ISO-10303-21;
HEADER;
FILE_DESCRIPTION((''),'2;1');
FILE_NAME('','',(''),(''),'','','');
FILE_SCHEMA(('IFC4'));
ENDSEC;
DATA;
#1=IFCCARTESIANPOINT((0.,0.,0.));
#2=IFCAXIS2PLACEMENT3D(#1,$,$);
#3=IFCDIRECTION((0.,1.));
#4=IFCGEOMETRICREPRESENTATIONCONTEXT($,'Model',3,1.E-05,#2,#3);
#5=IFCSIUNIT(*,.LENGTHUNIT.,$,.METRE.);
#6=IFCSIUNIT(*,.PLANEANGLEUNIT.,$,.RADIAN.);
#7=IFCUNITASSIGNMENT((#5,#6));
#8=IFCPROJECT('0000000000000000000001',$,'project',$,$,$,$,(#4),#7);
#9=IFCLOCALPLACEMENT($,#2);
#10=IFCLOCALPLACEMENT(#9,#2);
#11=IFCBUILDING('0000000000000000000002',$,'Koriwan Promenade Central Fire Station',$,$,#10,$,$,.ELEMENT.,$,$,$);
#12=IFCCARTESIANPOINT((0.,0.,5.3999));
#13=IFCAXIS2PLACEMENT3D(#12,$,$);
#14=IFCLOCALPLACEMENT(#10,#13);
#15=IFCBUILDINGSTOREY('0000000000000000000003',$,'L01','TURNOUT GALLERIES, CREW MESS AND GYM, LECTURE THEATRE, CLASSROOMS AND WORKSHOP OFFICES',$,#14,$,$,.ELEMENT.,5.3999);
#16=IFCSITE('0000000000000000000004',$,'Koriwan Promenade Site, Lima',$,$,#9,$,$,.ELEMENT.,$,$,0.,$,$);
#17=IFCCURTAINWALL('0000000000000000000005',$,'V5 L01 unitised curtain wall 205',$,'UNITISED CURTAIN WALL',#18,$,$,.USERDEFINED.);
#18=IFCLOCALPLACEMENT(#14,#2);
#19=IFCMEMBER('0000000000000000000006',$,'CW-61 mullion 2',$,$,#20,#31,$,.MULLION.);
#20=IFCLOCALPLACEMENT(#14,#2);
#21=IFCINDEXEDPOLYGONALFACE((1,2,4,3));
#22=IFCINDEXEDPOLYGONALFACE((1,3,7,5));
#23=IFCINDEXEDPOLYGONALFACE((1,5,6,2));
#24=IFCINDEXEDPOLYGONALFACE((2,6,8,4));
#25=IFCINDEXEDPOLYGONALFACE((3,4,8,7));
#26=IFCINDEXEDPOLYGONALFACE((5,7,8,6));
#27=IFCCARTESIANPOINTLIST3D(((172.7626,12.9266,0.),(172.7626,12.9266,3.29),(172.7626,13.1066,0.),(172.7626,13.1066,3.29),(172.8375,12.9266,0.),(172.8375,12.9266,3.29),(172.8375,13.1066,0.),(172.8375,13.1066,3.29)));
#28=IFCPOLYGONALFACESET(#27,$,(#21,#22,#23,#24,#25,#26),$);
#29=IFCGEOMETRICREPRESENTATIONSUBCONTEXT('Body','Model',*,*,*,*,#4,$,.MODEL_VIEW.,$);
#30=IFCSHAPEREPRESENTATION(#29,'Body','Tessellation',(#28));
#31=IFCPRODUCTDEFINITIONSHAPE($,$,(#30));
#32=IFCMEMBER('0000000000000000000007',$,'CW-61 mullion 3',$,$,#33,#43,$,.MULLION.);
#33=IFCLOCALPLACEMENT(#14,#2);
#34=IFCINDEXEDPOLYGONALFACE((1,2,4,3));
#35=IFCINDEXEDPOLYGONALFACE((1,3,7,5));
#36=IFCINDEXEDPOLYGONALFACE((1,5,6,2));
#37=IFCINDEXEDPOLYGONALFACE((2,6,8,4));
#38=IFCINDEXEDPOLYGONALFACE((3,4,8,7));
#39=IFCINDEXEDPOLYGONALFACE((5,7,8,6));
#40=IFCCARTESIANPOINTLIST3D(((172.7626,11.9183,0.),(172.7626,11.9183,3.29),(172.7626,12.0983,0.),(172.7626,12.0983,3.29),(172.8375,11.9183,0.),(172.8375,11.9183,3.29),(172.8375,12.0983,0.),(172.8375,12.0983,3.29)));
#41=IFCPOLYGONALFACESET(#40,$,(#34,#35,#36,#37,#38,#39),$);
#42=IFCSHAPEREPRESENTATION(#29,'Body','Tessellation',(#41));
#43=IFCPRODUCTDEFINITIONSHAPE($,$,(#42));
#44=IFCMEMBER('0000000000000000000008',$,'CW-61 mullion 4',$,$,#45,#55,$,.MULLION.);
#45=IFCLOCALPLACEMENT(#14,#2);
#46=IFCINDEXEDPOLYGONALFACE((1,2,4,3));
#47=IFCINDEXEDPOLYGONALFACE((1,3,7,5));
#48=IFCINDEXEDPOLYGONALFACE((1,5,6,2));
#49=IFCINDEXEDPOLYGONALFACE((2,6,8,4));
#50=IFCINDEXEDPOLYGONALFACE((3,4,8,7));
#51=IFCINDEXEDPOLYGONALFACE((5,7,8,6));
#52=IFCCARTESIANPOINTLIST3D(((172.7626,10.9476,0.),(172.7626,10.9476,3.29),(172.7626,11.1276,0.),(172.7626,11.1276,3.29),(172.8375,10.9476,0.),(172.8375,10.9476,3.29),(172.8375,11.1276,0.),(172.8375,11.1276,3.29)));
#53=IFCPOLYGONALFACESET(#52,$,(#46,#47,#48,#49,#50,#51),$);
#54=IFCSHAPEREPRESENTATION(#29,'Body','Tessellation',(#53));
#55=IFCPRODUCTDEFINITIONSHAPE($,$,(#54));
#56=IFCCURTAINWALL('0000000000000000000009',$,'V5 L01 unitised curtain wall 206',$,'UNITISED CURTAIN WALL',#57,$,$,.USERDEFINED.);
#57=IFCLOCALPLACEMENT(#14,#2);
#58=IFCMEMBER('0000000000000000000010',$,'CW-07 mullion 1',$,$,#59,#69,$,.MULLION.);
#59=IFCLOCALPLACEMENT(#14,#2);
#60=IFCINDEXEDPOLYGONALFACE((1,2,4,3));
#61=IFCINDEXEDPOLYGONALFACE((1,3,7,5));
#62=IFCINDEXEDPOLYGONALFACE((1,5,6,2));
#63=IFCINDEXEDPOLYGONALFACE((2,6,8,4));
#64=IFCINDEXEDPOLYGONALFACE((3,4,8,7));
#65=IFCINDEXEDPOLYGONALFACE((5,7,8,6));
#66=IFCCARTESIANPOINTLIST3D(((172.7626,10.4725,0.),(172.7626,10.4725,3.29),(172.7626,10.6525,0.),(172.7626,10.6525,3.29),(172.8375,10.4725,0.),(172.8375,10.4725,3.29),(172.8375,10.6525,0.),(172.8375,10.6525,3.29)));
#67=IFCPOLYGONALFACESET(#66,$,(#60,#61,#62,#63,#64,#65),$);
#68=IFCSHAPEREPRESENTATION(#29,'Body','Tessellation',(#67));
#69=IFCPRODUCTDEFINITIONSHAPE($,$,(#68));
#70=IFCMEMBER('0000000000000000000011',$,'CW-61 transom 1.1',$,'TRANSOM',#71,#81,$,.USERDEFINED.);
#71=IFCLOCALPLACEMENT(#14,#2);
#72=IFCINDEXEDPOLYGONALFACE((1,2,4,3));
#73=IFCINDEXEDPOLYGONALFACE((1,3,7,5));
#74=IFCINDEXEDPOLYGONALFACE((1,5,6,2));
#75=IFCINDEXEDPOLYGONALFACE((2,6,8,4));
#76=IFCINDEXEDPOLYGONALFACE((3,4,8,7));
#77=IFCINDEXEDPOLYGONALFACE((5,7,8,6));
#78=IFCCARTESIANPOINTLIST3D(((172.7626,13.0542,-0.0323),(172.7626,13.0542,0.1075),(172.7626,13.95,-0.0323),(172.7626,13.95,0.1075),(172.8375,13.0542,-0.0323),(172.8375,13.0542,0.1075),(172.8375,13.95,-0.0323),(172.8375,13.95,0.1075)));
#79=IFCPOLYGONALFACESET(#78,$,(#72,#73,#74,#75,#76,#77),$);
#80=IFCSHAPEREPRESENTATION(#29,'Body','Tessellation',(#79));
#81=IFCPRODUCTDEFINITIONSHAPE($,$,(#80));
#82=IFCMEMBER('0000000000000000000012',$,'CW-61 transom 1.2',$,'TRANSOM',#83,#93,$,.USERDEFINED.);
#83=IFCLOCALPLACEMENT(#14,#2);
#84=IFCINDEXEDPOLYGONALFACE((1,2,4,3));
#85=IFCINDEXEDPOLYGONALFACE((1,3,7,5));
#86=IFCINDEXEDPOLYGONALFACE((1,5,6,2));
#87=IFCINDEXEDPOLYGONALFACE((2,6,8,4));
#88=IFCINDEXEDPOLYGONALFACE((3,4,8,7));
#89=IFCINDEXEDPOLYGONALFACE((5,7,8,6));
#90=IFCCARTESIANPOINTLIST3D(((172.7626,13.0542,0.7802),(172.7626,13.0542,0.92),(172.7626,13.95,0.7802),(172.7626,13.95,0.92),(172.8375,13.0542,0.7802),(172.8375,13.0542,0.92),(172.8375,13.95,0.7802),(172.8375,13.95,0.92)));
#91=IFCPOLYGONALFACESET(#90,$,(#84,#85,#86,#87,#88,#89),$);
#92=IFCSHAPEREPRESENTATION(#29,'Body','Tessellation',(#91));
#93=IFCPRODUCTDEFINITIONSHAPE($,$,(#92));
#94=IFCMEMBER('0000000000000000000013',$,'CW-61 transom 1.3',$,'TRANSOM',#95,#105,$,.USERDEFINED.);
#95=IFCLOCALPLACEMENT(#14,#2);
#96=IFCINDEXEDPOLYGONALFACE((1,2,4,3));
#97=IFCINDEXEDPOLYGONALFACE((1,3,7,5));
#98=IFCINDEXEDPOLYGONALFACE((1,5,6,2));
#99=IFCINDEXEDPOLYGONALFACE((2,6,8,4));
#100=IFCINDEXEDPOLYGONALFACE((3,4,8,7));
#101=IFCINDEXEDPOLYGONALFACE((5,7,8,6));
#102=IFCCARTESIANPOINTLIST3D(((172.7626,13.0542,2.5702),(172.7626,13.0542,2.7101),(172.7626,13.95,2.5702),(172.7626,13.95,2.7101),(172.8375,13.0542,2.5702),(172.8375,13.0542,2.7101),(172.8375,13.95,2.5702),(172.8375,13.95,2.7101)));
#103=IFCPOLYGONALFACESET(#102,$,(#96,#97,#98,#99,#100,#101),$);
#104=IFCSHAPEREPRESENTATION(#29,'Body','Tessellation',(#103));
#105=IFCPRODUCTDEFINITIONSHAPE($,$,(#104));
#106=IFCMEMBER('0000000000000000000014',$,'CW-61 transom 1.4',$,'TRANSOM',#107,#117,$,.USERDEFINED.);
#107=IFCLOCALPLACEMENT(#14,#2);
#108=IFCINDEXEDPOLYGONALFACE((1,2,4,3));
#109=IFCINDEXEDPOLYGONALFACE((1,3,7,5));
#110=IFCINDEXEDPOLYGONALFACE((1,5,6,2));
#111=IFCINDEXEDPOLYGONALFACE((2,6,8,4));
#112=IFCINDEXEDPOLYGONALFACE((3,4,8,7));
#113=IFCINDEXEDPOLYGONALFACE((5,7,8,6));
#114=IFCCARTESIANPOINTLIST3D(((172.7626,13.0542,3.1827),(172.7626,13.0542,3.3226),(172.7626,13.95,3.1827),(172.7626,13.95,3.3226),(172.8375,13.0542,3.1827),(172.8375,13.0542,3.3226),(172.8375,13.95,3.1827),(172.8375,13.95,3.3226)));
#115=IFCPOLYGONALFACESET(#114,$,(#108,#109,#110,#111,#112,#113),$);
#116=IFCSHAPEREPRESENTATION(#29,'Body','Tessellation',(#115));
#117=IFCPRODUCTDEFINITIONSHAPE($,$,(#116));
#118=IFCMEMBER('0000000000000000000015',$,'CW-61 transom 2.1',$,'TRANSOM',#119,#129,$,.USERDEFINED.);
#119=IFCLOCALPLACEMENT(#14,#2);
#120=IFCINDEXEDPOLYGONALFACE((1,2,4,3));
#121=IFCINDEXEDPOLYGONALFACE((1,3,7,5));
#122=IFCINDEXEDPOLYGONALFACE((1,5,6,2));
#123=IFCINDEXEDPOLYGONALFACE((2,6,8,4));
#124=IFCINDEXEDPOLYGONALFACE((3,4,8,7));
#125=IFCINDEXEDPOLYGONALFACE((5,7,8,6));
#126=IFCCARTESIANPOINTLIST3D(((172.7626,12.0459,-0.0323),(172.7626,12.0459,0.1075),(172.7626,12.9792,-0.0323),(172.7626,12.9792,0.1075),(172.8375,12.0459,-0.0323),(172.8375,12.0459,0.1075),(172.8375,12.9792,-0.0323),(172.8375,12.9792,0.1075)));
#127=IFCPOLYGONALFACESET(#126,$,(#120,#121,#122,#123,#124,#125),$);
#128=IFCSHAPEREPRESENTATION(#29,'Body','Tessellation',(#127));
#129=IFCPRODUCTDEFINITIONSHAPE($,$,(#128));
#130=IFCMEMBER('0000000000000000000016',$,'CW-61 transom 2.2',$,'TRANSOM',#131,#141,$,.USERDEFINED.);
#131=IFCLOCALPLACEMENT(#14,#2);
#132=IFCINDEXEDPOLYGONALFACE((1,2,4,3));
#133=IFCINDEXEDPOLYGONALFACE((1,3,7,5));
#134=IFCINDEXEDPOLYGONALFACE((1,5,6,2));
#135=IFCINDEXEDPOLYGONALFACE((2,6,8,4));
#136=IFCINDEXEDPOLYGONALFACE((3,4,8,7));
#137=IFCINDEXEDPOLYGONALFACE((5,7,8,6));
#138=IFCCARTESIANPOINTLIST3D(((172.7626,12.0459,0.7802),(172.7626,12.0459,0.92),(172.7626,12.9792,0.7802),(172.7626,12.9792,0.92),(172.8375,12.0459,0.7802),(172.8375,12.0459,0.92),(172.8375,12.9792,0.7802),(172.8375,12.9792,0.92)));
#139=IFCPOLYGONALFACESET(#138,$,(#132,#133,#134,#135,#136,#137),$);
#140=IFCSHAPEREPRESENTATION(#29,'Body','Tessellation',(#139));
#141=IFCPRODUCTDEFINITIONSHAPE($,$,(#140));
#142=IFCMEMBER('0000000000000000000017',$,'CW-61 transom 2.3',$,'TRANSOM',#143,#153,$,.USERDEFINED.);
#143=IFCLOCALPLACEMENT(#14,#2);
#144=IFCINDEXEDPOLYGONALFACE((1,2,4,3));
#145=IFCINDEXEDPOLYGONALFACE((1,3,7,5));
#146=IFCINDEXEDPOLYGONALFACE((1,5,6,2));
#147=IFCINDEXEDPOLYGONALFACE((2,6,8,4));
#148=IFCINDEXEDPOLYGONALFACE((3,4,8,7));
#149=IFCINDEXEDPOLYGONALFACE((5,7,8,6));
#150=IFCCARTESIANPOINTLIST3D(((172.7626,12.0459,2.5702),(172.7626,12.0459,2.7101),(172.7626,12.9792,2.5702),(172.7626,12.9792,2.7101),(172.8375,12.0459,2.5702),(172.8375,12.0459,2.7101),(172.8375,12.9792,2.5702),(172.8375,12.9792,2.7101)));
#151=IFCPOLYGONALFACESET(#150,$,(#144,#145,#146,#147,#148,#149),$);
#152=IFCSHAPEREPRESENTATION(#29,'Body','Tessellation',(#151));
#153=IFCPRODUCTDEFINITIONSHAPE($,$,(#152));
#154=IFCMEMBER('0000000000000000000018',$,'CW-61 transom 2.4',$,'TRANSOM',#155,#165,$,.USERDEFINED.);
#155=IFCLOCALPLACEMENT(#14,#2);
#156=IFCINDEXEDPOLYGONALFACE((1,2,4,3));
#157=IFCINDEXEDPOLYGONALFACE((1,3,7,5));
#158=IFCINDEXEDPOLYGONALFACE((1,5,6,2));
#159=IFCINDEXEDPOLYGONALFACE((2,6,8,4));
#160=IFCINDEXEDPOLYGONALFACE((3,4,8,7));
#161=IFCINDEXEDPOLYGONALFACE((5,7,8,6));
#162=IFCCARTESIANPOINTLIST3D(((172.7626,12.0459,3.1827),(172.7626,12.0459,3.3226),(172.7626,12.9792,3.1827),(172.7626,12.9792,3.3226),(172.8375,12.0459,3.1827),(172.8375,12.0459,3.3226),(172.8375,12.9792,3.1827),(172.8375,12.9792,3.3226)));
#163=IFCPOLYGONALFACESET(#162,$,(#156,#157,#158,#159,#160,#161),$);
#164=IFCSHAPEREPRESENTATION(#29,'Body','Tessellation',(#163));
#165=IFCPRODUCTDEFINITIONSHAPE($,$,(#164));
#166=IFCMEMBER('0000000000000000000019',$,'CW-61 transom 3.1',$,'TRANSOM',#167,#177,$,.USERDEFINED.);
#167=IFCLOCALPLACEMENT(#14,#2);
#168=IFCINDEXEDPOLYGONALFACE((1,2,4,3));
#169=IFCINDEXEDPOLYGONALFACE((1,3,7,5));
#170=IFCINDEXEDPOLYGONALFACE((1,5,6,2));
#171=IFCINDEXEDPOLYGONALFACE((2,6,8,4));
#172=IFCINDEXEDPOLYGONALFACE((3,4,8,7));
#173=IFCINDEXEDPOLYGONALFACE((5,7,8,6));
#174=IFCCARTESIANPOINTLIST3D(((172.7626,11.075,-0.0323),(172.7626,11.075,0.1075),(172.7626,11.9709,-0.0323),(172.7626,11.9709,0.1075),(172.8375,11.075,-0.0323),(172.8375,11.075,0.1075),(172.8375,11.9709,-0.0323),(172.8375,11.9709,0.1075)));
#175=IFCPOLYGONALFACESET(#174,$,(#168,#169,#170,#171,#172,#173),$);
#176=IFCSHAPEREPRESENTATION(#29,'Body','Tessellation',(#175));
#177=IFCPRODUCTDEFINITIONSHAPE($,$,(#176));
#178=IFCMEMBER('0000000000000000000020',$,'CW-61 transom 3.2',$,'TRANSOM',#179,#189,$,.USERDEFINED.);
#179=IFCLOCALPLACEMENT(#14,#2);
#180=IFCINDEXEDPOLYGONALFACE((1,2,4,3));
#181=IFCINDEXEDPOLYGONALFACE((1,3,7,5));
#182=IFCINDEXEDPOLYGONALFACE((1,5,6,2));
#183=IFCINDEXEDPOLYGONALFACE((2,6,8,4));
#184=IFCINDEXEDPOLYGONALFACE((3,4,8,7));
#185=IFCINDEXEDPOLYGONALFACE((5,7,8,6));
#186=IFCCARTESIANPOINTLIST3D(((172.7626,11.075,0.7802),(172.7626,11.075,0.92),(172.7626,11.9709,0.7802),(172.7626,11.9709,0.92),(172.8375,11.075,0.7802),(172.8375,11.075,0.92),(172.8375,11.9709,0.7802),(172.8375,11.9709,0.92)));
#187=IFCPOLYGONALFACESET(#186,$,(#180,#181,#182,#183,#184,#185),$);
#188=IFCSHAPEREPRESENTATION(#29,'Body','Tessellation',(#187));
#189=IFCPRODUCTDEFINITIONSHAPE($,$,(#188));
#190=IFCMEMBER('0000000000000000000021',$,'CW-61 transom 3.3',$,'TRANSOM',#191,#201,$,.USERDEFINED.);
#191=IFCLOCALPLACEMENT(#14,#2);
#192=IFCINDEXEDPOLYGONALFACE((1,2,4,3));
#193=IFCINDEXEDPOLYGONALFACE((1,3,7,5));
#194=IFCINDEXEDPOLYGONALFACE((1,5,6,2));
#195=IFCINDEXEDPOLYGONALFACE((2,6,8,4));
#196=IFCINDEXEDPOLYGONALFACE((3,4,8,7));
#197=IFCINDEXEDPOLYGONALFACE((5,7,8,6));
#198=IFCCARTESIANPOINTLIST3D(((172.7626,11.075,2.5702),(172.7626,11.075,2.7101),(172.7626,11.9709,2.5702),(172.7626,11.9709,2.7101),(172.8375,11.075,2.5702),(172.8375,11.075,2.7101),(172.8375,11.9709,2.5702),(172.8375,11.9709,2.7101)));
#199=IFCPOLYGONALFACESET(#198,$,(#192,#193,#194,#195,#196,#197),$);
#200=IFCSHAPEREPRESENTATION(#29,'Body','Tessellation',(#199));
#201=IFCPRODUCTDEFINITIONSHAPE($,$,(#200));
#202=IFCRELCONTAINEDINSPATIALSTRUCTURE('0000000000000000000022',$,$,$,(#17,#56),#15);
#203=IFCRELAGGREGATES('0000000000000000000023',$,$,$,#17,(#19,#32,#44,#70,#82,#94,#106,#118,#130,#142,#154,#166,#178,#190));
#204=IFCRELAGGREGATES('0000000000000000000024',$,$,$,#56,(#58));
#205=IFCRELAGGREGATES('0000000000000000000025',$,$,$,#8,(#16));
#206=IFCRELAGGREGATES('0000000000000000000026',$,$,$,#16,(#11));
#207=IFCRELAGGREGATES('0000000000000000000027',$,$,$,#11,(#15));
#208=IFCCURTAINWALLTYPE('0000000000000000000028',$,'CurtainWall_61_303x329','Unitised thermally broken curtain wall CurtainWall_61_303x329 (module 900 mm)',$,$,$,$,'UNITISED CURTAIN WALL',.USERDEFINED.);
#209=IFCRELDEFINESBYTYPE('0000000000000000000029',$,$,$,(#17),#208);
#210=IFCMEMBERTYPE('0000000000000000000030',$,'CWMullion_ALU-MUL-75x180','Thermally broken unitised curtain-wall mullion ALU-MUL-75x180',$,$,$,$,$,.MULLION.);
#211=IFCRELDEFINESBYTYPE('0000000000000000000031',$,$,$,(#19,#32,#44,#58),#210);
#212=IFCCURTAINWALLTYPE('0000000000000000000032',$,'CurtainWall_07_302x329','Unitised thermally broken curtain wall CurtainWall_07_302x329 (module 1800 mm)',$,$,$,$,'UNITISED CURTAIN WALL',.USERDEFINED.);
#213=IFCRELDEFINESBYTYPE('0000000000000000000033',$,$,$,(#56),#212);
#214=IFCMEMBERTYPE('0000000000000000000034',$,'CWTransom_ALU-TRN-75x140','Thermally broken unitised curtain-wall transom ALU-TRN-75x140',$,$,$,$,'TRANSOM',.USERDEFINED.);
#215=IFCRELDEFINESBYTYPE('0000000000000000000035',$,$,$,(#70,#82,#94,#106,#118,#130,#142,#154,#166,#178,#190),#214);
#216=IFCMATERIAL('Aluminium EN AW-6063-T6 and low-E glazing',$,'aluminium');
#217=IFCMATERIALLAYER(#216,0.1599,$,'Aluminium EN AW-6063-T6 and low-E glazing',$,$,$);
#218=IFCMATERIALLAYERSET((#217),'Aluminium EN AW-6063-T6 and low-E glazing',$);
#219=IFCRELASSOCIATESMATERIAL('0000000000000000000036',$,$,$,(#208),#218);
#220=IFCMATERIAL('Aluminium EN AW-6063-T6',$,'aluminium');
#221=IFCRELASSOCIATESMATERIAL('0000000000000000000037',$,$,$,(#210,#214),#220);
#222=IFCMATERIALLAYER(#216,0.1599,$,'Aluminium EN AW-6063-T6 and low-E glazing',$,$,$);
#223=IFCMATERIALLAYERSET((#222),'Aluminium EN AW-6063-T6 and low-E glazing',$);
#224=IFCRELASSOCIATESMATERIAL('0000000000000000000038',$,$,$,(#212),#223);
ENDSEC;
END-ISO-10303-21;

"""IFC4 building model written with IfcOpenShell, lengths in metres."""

from ifc_helpers import new_model, si_unit, direction, frame, origin, origin_2d, place, context, subcontext, project, spatial, rectangle, extrude, material, layer, layer_set, material_profile, profile_set, type_object, element, aggregate, save


model = new_model("IFC4")

# Units and contexts
model_context = context("Model", 3, precision=1e-05, world=origin(), true_north=direction((0.0, 1.0)))
body_context = subcontext(model_context, "Body", "Model", "MODEL_VIEW")
ifc_project = project(units=[si_unit("LENGTHUNIT", "METRE"), si_unit("PLANEANGLEUNIT", "RADIAN")], contexts=[model_context])

# Site, building, storey
site_placement = place(None, origin())
site = spatial("IfcSite", under=ifc_project, at=site_placement, Name="Koriwan Promenade Site, Lima", CompositionType="ELEMENT", RefElevation=0.0)
building_placement = place(site_placement, origin())
building = spatial("IfcBuilding", under=site, at=building_placement, Name="Koriwan Promenade Central Fire Station", CompositionType="ELEMENT")
storey_placement = place(building_placement, frame((0.0, 0.0, 5.3999)))
storey = spatial("IfcBuildingStorey", under=building, at=storey_placement, Name="L01", Description="TURNOUT GALLERIES, CREW MESS AND GYM, LECTURE THEATRE, CLASSROOMS AND WORKSHOP OFFICES", CompositionType="ELEMENT", Elevation=5.3999)

# Curtain wall, members
ifc_material_1 = material(Name="Aluminium EN AW-6063-T6 and low-E glazing", Category="aluminium")
ifc_layer_1 = layer(ifc_material_1, 0.1599, Name="Aluminium EN AW-6063-T6 and low-E glazing")
ifc_layer_set_1 = layer_set([ifc_layer_1], Name="Aluminium EN AW-6063-T6 and low-E glazing")
curtain_wall_type_1 = type_object("IfcCurtainWallType", Name="CurtainWall_61_303x329", Description="Unitised thermally broken curtain wall CurtainWall_61_303x329 (module 900 mm)", ElementType="UNITISED CURTAIN WALL", PredefinedType="USERDEFINED", material=ifc_layer_set_1)
curtain_wall_1_placement = place(storey_placement, origin())
curtain_wall_1 = element("IfcCurtainWall", 1, at=curtain_wall_1_placement, inside=storey, type_object=curtain_wall_type_1, Name="V5 L01 unitised curtain wall 205", ObjectType="UNITISED CURTAIN WALL", PredefinedType="USERDEFINED")
ifc_material_2 = material(Name="Aluminium EN AW-6063-T6", Category="aluminium")
ifc_material_profile_1 = material_profile(ifc_material_2, rectangle(XDim=0.075, YDim=0.1799, at=origin_2d()), Name="ALU-MUL-75x180")
ifc_profile_set_1 = profile_set([ifc_material_profile_1], Name="Aluminium EN AW-6063-T6")
member_type_1 = type_object("IfcMemberType", Name="CWMullion_ALU-MUL-75x180", Description="Thermally broken unitised curtain-wall mullion ALU-MUL-75x180", PredefinedType="MULLION", material=ifc_profile_set_1)
member_1_placement = place(storey_placement, frame((172.8, 13.0166, 0.0), z_axis=(0.0, 0.0, 1.0), x_axis=(1.0, 0.0, 0.0)))
member_1 = element("IfcMember", 2, at=member_1_placement, type_object=member_type_1, Name="CW-61 mullion 2", PredefinedType="MULLION", context=body_context, shape_type="SweptSolid", body=[
    extrude(rectangle(XDim=0.075, YDim=0.1799, at=origin_2d()), origin(), (0.0, 0.0, 1.0), 3.29),
])
member_2_placement = place(storey_placement, frame((172.8, 12.0083, 0.0), z_axis=(0.0, 0.0, 1.0), x_axis=(1.0, 0.0, 0.0)))
member_2 = element("IfcMember", 3, at=member_2_placement, type_object=member_type_1, Name="CW-61 mullion 3", PredefinedType="MULLION", context=body_context, shape_type="SweptSolid", body=[
    extrude(rectangle(XDim=0.075, YDim=0.1799, at=origin_2d()), origin(), (0.0, 0.0, 1.0), 3.29),
])
member_3_placement = place(storey_placement, frame((172.8, 11.0376, 0.0), z_axis=(0.0, 0.0, 1.0), x_axis=(1.0, 0.0, 0.0)))
member_3 = element("IfcMember", 4, at=member_3_placement, type_object=member_type_1, Name="CW-61 mullion 4", PredefinedType="MULLION", context=body_context, shape_type="SweptSolid", body=[
    extrude(rectangle(XDim=0.075, YDim=0.1799, at=origin_2d()), origin(), (0.0, 0.0, 1.0), 3.29),
])

# Curtain wall, member
ifc_layer_2 = layer(ifc_material_1, 0.1599, Name="Aluminium EN AW-6063-T6 and low-E glazing")
ifc_layer_set_2 = layer_set([ifc_layer_2], Name="Aluminium EN AW-6063-T6 and low-E glazing")
curtain_wall_type_2 = type_object("IfcCurtainWallType", Name="CurtainWall_07_302x329", Description="Unitised thermally broken curtain wall CurtainWall_07_302x329 (module 1800 mm)", ElementType="UNITISED CURTAIN WALL", PredefinedType="USERDEFINED", material=ifc_layer_set_2)
curtain_wall_2_placement = place(storey_placement, origin())
curtain_wall_2 = element("IfcCurtainWall", 5, at=curtain_wall_2_placement, inside=storey, type_object=curtain_wall_type_2, Name="V5 L01 unitised curtain wall 206", ObjectType="UNITISED CURTAIN WALL", PredefinedType="USERDEFINED")
member_4_placement = place(storey_placement, frame((172.8, 10.5625, 0.0), z_axis=(0.0, 0.0, 1.0), x_axis=(1.0, 0.0, 0.0)))
member_4 = element("IfcMember", 6, at=member_4_placement, type_object=member_type_1, Name="CW-07 mullion 1", PredefinedType="MULLION", context=body_context, shape_type="SweptSolid", body=[
    extrude(rectangle(XDim=0.075, YDim=0.1799, at=origin_2d()), origin(), (0.0, 0.0, 1.0), 3.29),
])

# Members
ifc_material_profile_2 = material_profile(ifc_material_2, rectangle(XDim=0.075, YDim=0.1399, at=origin_2d()), Name="ALU-TRN-75x140")
ifc_profile_set_2 = profile_set([ifc_material_profile_2], Name="Aluminium EN AW-6063-T6")
member_type_2 = type_object("IfcMemberType", Name="CWTransom_ALU-TRN-75x140", Description="Thermally broken unitised curtain-wall transom ALU-TRN-75x140", ElementType="TRANSOM", PredefinedType="USERDEFINED", material=ifc_profile_set_2)
member_5_placement = place(storey_placement, frame((172.8, 13.95, 0.0376), z_axis=(0.0, -1.0, 0.0), x_axis=(1.0, 0.0, 0.0)))
member_5 = element("IfcMember", 7, at=member_5_placement, type_object=member_type_2, Name="CW-61 transom 1.1", ObjectType="TRANSOM", PredefinedType="USERDEFINED", context=body_context, shape_type="SweptSolid", body=[
    extrude(rectangle(XDim=0.075, YDim=0.1399, at=origin_2d()), origin(), (0.0, 0.0, 1.0), 0.8958),
])
member_6_placement = place(storey_placement, frame((172.8, 13.95, 0.8501), z_axis=(0.0, -1.0, 0.0), x_axis=(1.0, 0.0, 0.0)))
member_6 = element("IfcMember", 8, at=member_6_placement, type_object=member_type_2, Name="CW-61 transom 1.2", ObjectType="TRANSOM", PredefinedType="USERDEFINED", context=body_context, shape_type="SweptSolid", body=[
    extrude(rectangle(XDim=0.075, YDim=0.1399, at=origin_2d()), origin(), (0.0, 0.0, 1.0), 0.8958),
])
member_7_placement = place(storey_placement, frame((172.8, 13.95, 2.6401), z_axis=(0.0, -1.0, 0.0), x_axis=(1.0, 0.0, 0.0)))
member_7 = element("IfcMember", 9, at=member_7_placement, type_object=member_type_2, Name="CW-61 transom 1.3", ObjectType="TRANSOM", PredefinedType="USERDEFINED", context=body_context, shape_type="SweptSolid", body=[
    extrude(rectangle(XDim=0.075, YDim=0.1399, at=origin_2d()), origin(), (0.0, 0.0, 1.0), 0.8958),
])
member_8_placement = place(storey_placement, frame((172.8, 13.95, 3.2527), z_axis=(0.0, -1.0, 0.0), x_axis=(1.0, 0.0, 0.0)))
member_8 = element("IfcMember", 10, at=member_8_placement, type_object=member_type_2, Name="CW-61 transom 1.4", ObjectType="TRANSOM", PredefinedType="USERDEFINED", context=body_context, shape_type="SweptSolid", body=[
    extrude(rectangle(XDim=0.075, YDim=0.1399, at=origin_2d()), origin(), (0.0, 0.0, 1.0), 0.8958),
])
member_9_placement = place(storey_placement, frame((172.8, 12.9792, 0.0376), z_axis=(0.0, -1.0, 0.0), x_axis=(1.0, 0.0, 0.0)))
member_9 = element("IfcMember", 11, at=member_9_placement, type_object=member_type_2, Name="CW-61 transom 2.1", ObjectType="TRANSOM", PredefinedType="USERDEFINED", context=body_context, shape_type="SweptSolid", body=[
    extrude(rectangle(XDim=0.075, YDim=0.1399, at=origin_2d()), origin(), (0.0, 0.0, 1.0), 0.9333),
])
member_10_placement = place(storey_placement, frame((172.8, 12.9792, 0.8501), z_axis=(0.0, -1.0, 0.0), x_axis=(1.0, 0.0, 0.0)))
member_10 = element("IfcMember", 12, at=member_10_placement, type_object=member_type_2, Name="CW-61 transom 2.2", ObjectType="TRANSOM", PredefinedType="USERDEFINED", context=body_context, shape_type="SweptSolid", body=[
    extrude(rectangle(XDim=0.075, YDim=0.1399, at=origin_2d()), origin(), (0.0, 0.0, 1.0), 0.9333),
])
member_11_placement = place(storey_placement, frame((172.8, 12.9792, 2.6401), z_axis=(0.0, -1.0, 0.0), x_axis=(1.0, 0.0, 0.0)))
member_11 = element("IfcMember", 13, at=member_11_placement, type_object=member_type_2, Name="CW-61 transom 2.3", ObjectType="TRANSOM", PredefinedType="USERDEFINED", context=body_context, shape_type="SweptSolid", body=[
    extrude(rectangle(XDim=0.075, YDim=0.1399, at=origin_2d()), origin(), (0.0, 0.0, 1.0), 0.9333),
])
member_12_placement = place(storey_placement, frame((172.8, 12.9792, 3.2527), z_axis=(0.0, -1.0, 0.0), x_axis=(1.0, 0.0, 0.0)))
member_12 = element("IfcMember", 14, at=member_12_placement, type_object=member_type_2, Name="CW-61 transom 2.4", ObjectType="TRANSOM", PredefinedType="USERDEFINED", context=body_context, shape_type="SweptSolid", body=[
    extrude(rectangle(XDim=0.075, YDim=0.1399, at=origin_2d()), origin(), (0.0, 0.0, 1.0), 0.9333),
])
member_13_placement = place(storey_placement, frame((172.8, 11.9709, 0.0376), z_axis=(0.0, -1.0, 0.0), x_axis=(1.0, 0.0, 0.0)))
member_13 = element("IfcMember", 15, at=member_13_placement, type_object=member_type_2, Name="CW-61 transom 3.1", ObjectType="TRANSOM", PredefinedType="USERDEFINED", context=body_context, shape_type="SweptSolid", body=[
    extrude(rectangle(XDim=0.075, YDim=0.1399, at=origin_2d()), origin(), (0.0, 0.0, 1.0), 0.896),
])
member_14_placement = place(storey_placement, frame((172.8, 11.9709, 0.8501), z_axis=(0.0, -1.0, 0.0), x_axis=(1.0, 0.0, 0.0)))
member_14 = element("IfcMember", 16, at=member_14_placement, type_object=member_type_2, Name="CW-61 transom 3.2", ObjectType="TRANSOM", PredefinedType="USERDEFINED", context=body_context, shape_type="SweptSolid", body=[
    extrude(rectangle(XDim=0.075, YDim=0.1399, at=origin_2d()), origin(), (0.0, 0.0, 1.0), 0.896),
])
member_15_placement = place(storey_placement, frame((172.8, 11.9709, 2.6401), z_axis=(0.0, -1.0, 0.0), x_axis=(1.0, 0.0, 0.0)))
member_15 = element("IfcMember", 17, at=member_15_placement, type_object=member_type_2, Name="CW-61 transom 3.3", ObjectType="TRANSOM", PredefinedType="USERDEFINED", context=body_context, shape_type="SweptSolid", body=[
    extrude(rectangle(XDim=0.075, YDim=0.1399, at=origin_2d()), origin(), (0.0, 0.0, 1.0), 0.896),
])

aggregate(curtain_wall_1, [member_1, member_2, member_3, member_5, member_6, member_7, member_8, member_9, member_10, member_11, member_12, member_13, member_14, member_15])
aggregate(curtain_wall_2, [member_4])

save(model, "model.ifc")
